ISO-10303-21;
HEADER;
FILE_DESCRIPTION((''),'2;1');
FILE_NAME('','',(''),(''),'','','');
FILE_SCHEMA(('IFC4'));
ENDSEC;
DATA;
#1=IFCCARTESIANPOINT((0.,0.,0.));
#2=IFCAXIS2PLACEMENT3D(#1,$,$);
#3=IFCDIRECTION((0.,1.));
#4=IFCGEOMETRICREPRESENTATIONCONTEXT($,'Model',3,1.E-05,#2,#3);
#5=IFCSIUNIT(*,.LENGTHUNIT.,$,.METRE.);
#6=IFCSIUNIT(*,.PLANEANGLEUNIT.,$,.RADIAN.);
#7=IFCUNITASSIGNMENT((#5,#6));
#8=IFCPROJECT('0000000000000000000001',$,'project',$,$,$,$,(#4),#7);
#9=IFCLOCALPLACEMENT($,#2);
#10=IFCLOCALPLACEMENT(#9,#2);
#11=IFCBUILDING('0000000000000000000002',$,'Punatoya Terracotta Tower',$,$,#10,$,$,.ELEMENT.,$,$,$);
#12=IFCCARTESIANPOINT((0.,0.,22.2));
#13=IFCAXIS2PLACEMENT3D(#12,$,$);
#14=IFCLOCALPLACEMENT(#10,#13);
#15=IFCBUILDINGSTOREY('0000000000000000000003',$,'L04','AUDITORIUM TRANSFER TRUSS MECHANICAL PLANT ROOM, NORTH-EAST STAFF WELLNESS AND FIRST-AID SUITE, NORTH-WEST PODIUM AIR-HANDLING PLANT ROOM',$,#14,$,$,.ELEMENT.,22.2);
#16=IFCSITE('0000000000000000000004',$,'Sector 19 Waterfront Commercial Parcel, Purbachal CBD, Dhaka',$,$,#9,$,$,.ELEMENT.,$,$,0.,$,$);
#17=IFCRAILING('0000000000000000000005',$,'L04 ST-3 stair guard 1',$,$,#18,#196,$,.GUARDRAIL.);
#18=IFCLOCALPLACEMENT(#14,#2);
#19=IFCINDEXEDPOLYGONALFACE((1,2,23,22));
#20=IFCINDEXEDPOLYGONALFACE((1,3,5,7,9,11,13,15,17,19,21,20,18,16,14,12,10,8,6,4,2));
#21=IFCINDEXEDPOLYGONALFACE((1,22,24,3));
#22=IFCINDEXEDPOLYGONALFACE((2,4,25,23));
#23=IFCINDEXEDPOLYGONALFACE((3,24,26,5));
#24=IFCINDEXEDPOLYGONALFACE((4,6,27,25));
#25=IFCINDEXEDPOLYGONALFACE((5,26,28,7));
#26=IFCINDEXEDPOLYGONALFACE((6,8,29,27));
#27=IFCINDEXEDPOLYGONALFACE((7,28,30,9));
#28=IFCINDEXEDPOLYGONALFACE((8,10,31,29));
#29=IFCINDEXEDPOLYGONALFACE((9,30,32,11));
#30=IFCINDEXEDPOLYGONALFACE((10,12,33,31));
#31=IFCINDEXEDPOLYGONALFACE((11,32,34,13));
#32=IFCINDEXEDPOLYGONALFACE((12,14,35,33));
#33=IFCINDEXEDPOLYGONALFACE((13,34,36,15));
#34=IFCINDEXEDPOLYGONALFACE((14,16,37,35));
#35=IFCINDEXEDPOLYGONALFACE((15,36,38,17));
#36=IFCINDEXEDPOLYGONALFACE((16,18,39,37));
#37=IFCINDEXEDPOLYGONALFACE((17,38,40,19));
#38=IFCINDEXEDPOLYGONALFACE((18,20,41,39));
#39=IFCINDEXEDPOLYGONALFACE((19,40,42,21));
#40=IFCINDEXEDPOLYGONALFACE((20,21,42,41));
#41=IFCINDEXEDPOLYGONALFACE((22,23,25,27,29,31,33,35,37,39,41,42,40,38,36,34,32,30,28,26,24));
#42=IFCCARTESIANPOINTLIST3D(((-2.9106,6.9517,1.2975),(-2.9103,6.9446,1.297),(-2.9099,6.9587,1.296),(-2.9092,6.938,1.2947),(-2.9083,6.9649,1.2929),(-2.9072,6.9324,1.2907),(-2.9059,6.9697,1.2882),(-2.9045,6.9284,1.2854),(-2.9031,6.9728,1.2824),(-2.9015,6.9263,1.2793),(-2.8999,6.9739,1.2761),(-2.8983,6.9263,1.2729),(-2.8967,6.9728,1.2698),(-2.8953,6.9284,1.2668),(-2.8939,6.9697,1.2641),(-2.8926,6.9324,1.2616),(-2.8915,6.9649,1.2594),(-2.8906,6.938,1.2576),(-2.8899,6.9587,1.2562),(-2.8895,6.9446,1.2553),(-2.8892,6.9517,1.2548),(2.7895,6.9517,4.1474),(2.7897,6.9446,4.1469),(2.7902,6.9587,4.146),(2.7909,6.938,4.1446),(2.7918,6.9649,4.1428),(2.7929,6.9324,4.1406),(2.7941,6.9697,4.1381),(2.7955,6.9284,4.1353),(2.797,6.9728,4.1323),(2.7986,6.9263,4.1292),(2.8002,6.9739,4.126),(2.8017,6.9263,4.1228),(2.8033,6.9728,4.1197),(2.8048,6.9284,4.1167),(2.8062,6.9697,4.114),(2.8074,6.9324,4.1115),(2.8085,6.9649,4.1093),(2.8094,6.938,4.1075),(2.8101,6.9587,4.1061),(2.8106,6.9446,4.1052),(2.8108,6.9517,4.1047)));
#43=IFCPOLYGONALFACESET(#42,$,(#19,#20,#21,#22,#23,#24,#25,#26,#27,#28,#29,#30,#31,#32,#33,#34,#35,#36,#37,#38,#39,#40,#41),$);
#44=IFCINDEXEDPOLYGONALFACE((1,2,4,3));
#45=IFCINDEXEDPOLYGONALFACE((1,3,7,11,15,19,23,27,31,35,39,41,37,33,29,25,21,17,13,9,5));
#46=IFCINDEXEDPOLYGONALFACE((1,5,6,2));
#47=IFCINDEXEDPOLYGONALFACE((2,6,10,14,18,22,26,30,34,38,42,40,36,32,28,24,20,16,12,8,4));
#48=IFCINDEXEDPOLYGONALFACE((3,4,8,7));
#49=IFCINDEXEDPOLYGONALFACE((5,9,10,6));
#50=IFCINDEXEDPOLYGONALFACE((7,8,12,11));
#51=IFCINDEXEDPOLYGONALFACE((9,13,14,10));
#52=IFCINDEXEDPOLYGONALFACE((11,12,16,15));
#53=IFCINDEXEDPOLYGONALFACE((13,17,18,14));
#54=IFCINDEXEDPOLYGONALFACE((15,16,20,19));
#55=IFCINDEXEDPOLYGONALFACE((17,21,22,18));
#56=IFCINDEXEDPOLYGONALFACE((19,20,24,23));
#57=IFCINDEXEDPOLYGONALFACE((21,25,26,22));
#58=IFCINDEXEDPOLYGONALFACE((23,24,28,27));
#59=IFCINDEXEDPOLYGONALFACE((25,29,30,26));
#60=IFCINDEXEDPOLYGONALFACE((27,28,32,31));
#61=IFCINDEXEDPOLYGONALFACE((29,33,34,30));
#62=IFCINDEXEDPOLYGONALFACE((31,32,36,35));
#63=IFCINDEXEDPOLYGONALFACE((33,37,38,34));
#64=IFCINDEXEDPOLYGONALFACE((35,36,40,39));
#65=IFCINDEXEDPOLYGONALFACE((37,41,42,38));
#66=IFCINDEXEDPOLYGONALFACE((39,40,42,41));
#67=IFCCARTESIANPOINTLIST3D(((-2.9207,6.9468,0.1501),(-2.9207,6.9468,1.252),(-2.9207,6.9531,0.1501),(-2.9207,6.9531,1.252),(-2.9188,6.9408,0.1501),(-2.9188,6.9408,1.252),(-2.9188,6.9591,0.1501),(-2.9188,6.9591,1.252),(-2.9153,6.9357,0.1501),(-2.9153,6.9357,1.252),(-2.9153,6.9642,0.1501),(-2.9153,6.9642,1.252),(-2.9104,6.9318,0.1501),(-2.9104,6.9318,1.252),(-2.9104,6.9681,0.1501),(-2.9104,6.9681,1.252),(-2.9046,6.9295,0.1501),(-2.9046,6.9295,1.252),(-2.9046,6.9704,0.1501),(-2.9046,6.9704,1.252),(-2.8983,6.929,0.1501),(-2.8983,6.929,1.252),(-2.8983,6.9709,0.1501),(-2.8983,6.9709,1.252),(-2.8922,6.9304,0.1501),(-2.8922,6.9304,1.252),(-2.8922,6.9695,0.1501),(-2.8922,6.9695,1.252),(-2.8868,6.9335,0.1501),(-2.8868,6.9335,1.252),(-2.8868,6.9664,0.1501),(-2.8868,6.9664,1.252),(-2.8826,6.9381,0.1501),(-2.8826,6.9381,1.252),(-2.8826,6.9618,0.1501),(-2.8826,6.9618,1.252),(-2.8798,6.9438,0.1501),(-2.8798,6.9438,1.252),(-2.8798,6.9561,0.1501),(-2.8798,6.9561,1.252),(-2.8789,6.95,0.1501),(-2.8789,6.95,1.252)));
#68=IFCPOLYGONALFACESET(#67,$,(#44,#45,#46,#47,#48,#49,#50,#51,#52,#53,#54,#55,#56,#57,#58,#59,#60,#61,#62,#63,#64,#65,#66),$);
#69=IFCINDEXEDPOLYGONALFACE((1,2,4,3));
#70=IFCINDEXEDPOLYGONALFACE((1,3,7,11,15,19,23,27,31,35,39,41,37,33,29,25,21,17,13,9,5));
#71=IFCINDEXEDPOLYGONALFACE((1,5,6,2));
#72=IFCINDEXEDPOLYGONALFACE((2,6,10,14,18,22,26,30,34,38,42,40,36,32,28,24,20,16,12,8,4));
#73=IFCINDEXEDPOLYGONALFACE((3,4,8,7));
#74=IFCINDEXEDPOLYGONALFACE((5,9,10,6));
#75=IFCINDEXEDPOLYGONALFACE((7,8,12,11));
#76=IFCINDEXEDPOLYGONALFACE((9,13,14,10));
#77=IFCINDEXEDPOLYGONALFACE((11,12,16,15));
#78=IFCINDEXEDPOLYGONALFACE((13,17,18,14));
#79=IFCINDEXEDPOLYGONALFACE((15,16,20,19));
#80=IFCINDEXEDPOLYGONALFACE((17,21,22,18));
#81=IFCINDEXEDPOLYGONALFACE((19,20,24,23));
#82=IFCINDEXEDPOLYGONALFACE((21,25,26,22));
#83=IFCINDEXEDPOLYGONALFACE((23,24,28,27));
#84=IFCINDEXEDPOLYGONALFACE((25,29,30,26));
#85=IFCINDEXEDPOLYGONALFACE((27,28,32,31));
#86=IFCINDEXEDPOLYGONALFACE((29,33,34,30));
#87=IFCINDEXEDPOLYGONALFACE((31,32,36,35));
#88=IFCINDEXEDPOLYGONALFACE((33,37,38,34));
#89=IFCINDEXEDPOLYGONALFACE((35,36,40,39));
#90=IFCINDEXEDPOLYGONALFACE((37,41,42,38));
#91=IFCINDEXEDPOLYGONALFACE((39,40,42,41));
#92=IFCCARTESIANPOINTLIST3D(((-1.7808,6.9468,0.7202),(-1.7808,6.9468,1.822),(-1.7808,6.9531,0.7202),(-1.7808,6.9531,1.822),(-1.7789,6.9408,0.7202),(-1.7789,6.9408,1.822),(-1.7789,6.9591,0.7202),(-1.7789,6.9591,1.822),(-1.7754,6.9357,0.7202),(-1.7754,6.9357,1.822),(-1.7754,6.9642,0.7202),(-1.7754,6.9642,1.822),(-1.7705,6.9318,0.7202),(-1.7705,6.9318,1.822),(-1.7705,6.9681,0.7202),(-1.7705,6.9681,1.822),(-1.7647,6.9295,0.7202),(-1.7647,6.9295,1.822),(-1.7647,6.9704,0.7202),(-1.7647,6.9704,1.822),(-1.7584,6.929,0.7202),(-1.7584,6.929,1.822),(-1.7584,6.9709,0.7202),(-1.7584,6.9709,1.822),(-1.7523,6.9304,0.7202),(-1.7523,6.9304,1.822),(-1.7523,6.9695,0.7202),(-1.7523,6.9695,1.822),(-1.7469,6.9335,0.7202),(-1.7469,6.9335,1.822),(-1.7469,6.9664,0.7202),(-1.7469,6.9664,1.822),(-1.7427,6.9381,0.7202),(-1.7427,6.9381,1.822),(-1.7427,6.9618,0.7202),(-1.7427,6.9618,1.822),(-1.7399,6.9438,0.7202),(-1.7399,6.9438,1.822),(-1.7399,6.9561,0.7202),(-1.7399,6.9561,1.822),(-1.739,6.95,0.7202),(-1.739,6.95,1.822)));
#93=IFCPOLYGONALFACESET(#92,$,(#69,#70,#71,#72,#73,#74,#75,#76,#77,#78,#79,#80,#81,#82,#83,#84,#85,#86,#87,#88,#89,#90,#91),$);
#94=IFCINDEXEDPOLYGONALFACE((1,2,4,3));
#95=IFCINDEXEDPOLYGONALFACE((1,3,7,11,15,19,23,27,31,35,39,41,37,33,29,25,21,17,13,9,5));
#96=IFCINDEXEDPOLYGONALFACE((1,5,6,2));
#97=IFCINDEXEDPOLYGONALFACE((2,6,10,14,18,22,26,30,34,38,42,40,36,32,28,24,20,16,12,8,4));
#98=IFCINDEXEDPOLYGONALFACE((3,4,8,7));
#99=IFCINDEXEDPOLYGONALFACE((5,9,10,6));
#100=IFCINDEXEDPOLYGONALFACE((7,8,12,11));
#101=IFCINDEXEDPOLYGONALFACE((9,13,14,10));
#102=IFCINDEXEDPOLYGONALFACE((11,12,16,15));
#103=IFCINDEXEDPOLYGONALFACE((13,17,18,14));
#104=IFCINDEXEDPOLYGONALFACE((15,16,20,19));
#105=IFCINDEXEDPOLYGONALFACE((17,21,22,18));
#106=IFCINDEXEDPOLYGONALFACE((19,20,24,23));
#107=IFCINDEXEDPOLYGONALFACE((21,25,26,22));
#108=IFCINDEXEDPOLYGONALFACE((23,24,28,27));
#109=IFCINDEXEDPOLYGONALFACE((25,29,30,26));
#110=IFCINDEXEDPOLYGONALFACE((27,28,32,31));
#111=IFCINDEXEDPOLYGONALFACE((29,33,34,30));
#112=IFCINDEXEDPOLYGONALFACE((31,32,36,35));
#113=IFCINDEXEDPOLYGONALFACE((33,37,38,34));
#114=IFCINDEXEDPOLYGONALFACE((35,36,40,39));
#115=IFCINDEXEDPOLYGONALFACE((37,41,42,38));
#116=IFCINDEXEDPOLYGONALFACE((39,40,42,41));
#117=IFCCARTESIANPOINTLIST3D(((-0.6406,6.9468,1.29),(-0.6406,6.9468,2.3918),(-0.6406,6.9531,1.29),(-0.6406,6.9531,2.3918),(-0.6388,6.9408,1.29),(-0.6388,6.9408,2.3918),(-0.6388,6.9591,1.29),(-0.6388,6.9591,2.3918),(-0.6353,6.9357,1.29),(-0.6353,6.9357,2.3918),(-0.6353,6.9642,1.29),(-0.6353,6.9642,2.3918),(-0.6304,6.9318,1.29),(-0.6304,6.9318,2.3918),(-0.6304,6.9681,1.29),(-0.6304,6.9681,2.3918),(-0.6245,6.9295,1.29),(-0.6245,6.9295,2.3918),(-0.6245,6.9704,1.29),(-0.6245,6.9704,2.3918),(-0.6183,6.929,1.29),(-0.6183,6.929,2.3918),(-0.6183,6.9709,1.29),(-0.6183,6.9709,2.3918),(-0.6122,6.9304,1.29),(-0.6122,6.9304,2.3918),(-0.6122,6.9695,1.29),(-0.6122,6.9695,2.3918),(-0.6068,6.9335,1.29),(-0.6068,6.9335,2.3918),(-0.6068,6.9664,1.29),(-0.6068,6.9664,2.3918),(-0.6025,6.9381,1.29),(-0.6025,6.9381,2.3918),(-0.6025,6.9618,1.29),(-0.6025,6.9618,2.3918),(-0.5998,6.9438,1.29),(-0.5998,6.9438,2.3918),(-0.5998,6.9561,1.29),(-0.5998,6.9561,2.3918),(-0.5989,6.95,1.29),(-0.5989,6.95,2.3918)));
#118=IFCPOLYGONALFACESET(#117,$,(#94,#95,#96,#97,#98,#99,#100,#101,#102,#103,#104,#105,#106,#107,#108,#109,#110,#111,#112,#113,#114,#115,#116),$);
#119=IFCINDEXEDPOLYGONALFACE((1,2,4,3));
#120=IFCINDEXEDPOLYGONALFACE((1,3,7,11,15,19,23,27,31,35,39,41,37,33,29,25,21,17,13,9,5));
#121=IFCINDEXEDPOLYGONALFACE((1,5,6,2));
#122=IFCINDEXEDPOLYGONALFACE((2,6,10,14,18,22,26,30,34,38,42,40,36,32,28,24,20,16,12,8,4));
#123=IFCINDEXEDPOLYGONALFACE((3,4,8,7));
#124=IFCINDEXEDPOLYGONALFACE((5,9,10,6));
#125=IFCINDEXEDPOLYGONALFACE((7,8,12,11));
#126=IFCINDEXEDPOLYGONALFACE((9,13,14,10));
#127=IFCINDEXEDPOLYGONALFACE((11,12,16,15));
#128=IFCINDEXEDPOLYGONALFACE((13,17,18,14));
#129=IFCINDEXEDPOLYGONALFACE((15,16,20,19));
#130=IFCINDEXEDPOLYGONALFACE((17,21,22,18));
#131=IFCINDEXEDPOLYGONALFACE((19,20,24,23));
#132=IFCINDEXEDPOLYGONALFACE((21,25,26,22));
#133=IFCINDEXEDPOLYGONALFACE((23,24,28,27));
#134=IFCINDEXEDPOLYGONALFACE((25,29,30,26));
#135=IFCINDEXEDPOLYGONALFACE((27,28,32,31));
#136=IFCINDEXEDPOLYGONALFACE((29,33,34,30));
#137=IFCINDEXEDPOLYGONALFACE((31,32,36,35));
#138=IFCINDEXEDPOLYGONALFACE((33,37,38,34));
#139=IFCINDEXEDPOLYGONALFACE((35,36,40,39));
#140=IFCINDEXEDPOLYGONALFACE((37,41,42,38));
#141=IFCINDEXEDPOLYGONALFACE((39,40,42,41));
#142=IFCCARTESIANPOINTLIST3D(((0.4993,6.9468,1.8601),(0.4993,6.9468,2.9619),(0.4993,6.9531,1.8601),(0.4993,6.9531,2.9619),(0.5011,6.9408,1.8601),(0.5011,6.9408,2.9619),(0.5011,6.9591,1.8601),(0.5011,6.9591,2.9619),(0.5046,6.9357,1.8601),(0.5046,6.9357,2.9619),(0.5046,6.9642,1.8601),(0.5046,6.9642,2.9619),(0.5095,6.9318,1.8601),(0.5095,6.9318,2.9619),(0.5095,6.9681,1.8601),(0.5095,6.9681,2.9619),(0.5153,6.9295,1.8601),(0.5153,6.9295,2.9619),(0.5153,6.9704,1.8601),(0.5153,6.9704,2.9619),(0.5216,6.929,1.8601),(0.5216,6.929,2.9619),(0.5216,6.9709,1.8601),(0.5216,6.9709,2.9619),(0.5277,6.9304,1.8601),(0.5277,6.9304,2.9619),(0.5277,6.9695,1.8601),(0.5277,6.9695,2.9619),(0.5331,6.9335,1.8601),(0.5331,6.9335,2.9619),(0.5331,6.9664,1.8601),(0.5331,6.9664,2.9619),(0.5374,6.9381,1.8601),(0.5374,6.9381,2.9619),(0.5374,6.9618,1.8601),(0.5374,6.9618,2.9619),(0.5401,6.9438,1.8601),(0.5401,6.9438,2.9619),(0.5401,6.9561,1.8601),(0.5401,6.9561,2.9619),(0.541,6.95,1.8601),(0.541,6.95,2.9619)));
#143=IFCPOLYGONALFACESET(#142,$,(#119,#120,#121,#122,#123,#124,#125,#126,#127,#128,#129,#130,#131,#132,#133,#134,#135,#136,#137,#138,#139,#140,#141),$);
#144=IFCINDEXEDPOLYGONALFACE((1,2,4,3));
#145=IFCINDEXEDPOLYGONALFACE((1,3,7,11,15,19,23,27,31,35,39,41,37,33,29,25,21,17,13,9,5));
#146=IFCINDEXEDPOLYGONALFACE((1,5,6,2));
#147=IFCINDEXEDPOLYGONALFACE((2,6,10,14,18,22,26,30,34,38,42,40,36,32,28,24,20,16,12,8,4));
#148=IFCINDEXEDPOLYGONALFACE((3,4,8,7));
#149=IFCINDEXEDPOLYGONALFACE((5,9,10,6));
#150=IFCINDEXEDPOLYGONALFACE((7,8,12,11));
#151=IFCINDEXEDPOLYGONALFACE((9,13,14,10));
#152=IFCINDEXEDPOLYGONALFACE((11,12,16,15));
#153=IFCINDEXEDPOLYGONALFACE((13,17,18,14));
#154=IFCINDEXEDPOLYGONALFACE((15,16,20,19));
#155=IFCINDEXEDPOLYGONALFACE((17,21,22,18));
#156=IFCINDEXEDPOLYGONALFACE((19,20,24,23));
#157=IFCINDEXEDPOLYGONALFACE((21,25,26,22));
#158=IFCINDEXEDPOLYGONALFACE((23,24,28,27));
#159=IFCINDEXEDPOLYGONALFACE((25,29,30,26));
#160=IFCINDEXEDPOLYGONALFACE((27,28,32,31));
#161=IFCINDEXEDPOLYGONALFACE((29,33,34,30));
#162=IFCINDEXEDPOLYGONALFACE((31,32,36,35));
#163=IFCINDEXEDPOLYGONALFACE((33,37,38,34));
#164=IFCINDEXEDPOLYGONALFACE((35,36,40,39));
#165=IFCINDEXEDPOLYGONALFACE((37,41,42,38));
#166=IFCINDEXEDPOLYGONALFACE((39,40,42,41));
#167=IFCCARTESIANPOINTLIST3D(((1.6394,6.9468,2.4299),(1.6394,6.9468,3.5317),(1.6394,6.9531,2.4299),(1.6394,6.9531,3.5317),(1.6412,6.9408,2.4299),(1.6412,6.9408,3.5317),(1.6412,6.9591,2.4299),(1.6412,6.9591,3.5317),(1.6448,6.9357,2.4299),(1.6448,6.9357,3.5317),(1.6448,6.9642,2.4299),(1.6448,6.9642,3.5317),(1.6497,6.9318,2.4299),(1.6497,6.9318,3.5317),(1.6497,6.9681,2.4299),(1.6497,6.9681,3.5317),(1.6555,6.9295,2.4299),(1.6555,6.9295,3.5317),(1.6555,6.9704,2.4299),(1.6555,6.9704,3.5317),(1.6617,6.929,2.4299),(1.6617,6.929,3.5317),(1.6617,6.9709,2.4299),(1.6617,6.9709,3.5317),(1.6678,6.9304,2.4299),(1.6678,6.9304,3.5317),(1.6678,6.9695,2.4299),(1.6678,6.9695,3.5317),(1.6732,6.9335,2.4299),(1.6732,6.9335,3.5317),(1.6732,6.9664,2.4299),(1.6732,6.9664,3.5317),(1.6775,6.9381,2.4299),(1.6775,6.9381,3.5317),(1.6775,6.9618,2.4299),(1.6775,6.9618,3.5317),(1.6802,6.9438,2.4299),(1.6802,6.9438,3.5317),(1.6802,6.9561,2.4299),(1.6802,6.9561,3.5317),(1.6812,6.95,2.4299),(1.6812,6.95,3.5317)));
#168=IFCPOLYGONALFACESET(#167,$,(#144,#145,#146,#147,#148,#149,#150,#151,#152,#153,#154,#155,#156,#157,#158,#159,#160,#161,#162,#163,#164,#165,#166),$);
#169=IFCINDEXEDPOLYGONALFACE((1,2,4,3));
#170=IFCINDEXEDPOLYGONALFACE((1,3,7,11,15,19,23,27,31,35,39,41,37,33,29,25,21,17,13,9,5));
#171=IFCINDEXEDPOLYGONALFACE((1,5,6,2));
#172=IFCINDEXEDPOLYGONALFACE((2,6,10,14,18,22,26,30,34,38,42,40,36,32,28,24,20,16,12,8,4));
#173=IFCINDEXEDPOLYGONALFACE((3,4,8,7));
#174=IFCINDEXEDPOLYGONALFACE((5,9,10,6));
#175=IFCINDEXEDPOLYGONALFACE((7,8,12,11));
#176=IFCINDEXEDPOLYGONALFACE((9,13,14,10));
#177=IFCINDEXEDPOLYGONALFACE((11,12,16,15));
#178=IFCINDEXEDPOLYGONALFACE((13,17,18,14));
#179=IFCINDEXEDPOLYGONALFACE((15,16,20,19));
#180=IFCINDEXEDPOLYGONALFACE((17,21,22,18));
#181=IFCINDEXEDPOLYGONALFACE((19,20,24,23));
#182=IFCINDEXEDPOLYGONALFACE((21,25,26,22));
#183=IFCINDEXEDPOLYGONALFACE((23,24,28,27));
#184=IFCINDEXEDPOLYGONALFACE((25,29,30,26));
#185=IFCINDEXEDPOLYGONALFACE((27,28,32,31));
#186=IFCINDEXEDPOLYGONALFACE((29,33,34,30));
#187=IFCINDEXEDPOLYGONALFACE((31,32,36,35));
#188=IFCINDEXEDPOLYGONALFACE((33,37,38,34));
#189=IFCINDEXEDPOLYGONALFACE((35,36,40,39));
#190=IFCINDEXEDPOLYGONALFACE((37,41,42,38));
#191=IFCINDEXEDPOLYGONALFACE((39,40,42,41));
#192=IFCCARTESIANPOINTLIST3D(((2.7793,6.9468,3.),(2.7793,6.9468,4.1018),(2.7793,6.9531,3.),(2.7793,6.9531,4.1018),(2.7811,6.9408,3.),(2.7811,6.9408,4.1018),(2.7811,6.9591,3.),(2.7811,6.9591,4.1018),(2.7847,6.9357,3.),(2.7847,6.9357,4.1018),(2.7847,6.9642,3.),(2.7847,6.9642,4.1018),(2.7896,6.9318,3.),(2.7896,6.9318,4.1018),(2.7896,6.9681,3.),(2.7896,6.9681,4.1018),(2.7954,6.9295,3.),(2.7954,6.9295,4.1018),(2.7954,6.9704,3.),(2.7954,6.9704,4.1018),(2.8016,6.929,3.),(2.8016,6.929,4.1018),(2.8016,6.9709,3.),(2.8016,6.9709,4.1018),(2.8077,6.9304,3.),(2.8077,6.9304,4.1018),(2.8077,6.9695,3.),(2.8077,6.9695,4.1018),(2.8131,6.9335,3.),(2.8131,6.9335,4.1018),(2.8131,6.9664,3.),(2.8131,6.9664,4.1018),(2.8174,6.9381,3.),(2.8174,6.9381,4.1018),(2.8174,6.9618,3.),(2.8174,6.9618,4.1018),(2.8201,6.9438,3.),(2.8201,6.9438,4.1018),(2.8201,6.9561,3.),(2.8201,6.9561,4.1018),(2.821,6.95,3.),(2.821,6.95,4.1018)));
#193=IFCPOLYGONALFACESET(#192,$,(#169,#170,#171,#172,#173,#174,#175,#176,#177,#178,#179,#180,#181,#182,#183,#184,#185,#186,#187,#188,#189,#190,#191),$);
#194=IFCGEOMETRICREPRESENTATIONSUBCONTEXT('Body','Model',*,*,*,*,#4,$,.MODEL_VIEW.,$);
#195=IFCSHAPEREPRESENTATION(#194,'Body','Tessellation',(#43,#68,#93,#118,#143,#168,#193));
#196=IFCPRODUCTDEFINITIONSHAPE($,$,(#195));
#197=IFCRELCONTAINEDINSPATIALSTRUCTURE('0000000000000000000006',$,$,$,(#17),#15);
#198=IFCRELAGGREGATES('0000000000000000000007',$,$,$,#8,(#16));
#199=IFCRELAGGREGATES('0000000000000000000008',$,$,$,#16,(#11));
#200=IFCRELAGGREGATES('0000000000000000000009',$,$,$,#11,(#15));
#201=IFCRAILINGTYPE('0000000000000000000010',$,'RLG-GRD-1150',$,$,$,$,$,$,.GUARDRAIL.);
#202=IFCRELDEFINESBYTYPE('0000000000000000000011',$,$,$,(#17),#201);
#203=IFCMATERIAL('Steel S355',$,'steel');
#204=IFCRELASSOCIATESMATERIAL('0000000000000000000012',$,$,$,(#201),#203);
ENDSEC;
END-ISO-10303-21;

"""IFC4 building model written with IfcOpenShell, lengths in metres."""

from ifc_helpers import new_model, si_unit, direction, frame, origin, origin_2d, place, context, subcontext, project, spatial, circle, extrude, material, type_object, element, save


model = new_model("IFC4")

# Units and contexts
model_context = context("Model", 3, precision=1e-05, world=origin(), true_north=direction((0.0, 1.0)))
body_context = subcontext(model_context, "Body", "Model", "MODEL_VIEW")
ifc_project = project(units=[si_unit("LENGTHUNIT", "METRE"), si_unit("PLANEANGLEUNIT", "RADIAN")], contexts=[model_context])

# Site, building, storey
site_placement = place(None, origin())
site = spatial("IfcSite", under=ifc_project, at=site_placement, Name="Sector 19 Waterfront Commercial Parcel, Purbachal CBD, Dhaka", CompositionType="ELEMENT", RefElevation=0.0)
building_placement = place(site_placement, origin())
building = spatial("IfcBuilding", under=site, at=building_placement, Name="Punatoya Terracotta Tower", CompositionType="ELEMENT")
storey_placement = place(building_placement, frame((0.0, 0.0, 22.2)))
storey = spatial("IfcBuildingStorey", under=building, at=storey_placement, Name="L04", Description="AUDITORIUM TRANSFER TRUSS MECHANICAL PLANT ROOM, NORTH-EAST STAFF WELLNESS AND FIRST-AID SUITE, NORTH-WEST PODIUM AIR-HANDLING PLANT ROOM", CompositionType="ELEMENT", Elevation=22.2)

# Shared definitions
ifc_material_1 = material(Name="Steel S355", Category="steel")

# Railing
railing_type_1 = type_object("IfcRailingType", Name="RLG-GRD-1150", PredefinedType="GUARDRAIL", material=ifc_material_1)
railing_1_placement = place(storey_placement, frame((-2.8999, 6.95, 0.1501)))
element("IfcRailing", 1, at=railing_1_placement, inside=storey, type_object=railing_type_1, Name="L04 ST-3 stair guard 1", PredefinedType="GUARDRAIL", context=body_context, shape_type="SweptSolid", body=[
    extrude(circle(Radius=0.0239, at=origin_2d()), frame((0.0, 0.0, 1.126), z_axis=(0.894435, 0.0, 0.447198), x_axis=(0.0, 1.0, 0.0)), (0.0, 0.0, 1.0), 6.3728),
    extrude(circle(Radius=0.021, at=origin_2d()), origin(), (0.0, 0.0, 1.0), 1.1018),
    extrude(circle(Radius=0.021, at=origin_2d()), frame((1.1399, 0.0, 0.5701)), (0.0, 0.0, 1.0), 1.1018),
    extrude(circle(Radius=0.021, at=origin_2d()), frame((2.28, 0.0, 1.1399)), (0.0, 0.0, 1.0), 1.1018),
    extrude(circle(Radius=0.021, at=origin_2d()), frame((3.4199, 0.0, 1.71)), (0.0, 0.0, 1.0), 1.1018),
    extrude(circle(Radius=0.021, at=origin_2d()), frame((4.5601, 0.0, 2.2798)), (0.0, 0.0, 1.0), 1.1018),
    extrude(circle(Radius=0.021, at=origin_2d()), frame((5.7, 0.0, 2.8499)), (0.0, 0.0, 1.0), 1.1018),
])

save(model, "model.ifc")
